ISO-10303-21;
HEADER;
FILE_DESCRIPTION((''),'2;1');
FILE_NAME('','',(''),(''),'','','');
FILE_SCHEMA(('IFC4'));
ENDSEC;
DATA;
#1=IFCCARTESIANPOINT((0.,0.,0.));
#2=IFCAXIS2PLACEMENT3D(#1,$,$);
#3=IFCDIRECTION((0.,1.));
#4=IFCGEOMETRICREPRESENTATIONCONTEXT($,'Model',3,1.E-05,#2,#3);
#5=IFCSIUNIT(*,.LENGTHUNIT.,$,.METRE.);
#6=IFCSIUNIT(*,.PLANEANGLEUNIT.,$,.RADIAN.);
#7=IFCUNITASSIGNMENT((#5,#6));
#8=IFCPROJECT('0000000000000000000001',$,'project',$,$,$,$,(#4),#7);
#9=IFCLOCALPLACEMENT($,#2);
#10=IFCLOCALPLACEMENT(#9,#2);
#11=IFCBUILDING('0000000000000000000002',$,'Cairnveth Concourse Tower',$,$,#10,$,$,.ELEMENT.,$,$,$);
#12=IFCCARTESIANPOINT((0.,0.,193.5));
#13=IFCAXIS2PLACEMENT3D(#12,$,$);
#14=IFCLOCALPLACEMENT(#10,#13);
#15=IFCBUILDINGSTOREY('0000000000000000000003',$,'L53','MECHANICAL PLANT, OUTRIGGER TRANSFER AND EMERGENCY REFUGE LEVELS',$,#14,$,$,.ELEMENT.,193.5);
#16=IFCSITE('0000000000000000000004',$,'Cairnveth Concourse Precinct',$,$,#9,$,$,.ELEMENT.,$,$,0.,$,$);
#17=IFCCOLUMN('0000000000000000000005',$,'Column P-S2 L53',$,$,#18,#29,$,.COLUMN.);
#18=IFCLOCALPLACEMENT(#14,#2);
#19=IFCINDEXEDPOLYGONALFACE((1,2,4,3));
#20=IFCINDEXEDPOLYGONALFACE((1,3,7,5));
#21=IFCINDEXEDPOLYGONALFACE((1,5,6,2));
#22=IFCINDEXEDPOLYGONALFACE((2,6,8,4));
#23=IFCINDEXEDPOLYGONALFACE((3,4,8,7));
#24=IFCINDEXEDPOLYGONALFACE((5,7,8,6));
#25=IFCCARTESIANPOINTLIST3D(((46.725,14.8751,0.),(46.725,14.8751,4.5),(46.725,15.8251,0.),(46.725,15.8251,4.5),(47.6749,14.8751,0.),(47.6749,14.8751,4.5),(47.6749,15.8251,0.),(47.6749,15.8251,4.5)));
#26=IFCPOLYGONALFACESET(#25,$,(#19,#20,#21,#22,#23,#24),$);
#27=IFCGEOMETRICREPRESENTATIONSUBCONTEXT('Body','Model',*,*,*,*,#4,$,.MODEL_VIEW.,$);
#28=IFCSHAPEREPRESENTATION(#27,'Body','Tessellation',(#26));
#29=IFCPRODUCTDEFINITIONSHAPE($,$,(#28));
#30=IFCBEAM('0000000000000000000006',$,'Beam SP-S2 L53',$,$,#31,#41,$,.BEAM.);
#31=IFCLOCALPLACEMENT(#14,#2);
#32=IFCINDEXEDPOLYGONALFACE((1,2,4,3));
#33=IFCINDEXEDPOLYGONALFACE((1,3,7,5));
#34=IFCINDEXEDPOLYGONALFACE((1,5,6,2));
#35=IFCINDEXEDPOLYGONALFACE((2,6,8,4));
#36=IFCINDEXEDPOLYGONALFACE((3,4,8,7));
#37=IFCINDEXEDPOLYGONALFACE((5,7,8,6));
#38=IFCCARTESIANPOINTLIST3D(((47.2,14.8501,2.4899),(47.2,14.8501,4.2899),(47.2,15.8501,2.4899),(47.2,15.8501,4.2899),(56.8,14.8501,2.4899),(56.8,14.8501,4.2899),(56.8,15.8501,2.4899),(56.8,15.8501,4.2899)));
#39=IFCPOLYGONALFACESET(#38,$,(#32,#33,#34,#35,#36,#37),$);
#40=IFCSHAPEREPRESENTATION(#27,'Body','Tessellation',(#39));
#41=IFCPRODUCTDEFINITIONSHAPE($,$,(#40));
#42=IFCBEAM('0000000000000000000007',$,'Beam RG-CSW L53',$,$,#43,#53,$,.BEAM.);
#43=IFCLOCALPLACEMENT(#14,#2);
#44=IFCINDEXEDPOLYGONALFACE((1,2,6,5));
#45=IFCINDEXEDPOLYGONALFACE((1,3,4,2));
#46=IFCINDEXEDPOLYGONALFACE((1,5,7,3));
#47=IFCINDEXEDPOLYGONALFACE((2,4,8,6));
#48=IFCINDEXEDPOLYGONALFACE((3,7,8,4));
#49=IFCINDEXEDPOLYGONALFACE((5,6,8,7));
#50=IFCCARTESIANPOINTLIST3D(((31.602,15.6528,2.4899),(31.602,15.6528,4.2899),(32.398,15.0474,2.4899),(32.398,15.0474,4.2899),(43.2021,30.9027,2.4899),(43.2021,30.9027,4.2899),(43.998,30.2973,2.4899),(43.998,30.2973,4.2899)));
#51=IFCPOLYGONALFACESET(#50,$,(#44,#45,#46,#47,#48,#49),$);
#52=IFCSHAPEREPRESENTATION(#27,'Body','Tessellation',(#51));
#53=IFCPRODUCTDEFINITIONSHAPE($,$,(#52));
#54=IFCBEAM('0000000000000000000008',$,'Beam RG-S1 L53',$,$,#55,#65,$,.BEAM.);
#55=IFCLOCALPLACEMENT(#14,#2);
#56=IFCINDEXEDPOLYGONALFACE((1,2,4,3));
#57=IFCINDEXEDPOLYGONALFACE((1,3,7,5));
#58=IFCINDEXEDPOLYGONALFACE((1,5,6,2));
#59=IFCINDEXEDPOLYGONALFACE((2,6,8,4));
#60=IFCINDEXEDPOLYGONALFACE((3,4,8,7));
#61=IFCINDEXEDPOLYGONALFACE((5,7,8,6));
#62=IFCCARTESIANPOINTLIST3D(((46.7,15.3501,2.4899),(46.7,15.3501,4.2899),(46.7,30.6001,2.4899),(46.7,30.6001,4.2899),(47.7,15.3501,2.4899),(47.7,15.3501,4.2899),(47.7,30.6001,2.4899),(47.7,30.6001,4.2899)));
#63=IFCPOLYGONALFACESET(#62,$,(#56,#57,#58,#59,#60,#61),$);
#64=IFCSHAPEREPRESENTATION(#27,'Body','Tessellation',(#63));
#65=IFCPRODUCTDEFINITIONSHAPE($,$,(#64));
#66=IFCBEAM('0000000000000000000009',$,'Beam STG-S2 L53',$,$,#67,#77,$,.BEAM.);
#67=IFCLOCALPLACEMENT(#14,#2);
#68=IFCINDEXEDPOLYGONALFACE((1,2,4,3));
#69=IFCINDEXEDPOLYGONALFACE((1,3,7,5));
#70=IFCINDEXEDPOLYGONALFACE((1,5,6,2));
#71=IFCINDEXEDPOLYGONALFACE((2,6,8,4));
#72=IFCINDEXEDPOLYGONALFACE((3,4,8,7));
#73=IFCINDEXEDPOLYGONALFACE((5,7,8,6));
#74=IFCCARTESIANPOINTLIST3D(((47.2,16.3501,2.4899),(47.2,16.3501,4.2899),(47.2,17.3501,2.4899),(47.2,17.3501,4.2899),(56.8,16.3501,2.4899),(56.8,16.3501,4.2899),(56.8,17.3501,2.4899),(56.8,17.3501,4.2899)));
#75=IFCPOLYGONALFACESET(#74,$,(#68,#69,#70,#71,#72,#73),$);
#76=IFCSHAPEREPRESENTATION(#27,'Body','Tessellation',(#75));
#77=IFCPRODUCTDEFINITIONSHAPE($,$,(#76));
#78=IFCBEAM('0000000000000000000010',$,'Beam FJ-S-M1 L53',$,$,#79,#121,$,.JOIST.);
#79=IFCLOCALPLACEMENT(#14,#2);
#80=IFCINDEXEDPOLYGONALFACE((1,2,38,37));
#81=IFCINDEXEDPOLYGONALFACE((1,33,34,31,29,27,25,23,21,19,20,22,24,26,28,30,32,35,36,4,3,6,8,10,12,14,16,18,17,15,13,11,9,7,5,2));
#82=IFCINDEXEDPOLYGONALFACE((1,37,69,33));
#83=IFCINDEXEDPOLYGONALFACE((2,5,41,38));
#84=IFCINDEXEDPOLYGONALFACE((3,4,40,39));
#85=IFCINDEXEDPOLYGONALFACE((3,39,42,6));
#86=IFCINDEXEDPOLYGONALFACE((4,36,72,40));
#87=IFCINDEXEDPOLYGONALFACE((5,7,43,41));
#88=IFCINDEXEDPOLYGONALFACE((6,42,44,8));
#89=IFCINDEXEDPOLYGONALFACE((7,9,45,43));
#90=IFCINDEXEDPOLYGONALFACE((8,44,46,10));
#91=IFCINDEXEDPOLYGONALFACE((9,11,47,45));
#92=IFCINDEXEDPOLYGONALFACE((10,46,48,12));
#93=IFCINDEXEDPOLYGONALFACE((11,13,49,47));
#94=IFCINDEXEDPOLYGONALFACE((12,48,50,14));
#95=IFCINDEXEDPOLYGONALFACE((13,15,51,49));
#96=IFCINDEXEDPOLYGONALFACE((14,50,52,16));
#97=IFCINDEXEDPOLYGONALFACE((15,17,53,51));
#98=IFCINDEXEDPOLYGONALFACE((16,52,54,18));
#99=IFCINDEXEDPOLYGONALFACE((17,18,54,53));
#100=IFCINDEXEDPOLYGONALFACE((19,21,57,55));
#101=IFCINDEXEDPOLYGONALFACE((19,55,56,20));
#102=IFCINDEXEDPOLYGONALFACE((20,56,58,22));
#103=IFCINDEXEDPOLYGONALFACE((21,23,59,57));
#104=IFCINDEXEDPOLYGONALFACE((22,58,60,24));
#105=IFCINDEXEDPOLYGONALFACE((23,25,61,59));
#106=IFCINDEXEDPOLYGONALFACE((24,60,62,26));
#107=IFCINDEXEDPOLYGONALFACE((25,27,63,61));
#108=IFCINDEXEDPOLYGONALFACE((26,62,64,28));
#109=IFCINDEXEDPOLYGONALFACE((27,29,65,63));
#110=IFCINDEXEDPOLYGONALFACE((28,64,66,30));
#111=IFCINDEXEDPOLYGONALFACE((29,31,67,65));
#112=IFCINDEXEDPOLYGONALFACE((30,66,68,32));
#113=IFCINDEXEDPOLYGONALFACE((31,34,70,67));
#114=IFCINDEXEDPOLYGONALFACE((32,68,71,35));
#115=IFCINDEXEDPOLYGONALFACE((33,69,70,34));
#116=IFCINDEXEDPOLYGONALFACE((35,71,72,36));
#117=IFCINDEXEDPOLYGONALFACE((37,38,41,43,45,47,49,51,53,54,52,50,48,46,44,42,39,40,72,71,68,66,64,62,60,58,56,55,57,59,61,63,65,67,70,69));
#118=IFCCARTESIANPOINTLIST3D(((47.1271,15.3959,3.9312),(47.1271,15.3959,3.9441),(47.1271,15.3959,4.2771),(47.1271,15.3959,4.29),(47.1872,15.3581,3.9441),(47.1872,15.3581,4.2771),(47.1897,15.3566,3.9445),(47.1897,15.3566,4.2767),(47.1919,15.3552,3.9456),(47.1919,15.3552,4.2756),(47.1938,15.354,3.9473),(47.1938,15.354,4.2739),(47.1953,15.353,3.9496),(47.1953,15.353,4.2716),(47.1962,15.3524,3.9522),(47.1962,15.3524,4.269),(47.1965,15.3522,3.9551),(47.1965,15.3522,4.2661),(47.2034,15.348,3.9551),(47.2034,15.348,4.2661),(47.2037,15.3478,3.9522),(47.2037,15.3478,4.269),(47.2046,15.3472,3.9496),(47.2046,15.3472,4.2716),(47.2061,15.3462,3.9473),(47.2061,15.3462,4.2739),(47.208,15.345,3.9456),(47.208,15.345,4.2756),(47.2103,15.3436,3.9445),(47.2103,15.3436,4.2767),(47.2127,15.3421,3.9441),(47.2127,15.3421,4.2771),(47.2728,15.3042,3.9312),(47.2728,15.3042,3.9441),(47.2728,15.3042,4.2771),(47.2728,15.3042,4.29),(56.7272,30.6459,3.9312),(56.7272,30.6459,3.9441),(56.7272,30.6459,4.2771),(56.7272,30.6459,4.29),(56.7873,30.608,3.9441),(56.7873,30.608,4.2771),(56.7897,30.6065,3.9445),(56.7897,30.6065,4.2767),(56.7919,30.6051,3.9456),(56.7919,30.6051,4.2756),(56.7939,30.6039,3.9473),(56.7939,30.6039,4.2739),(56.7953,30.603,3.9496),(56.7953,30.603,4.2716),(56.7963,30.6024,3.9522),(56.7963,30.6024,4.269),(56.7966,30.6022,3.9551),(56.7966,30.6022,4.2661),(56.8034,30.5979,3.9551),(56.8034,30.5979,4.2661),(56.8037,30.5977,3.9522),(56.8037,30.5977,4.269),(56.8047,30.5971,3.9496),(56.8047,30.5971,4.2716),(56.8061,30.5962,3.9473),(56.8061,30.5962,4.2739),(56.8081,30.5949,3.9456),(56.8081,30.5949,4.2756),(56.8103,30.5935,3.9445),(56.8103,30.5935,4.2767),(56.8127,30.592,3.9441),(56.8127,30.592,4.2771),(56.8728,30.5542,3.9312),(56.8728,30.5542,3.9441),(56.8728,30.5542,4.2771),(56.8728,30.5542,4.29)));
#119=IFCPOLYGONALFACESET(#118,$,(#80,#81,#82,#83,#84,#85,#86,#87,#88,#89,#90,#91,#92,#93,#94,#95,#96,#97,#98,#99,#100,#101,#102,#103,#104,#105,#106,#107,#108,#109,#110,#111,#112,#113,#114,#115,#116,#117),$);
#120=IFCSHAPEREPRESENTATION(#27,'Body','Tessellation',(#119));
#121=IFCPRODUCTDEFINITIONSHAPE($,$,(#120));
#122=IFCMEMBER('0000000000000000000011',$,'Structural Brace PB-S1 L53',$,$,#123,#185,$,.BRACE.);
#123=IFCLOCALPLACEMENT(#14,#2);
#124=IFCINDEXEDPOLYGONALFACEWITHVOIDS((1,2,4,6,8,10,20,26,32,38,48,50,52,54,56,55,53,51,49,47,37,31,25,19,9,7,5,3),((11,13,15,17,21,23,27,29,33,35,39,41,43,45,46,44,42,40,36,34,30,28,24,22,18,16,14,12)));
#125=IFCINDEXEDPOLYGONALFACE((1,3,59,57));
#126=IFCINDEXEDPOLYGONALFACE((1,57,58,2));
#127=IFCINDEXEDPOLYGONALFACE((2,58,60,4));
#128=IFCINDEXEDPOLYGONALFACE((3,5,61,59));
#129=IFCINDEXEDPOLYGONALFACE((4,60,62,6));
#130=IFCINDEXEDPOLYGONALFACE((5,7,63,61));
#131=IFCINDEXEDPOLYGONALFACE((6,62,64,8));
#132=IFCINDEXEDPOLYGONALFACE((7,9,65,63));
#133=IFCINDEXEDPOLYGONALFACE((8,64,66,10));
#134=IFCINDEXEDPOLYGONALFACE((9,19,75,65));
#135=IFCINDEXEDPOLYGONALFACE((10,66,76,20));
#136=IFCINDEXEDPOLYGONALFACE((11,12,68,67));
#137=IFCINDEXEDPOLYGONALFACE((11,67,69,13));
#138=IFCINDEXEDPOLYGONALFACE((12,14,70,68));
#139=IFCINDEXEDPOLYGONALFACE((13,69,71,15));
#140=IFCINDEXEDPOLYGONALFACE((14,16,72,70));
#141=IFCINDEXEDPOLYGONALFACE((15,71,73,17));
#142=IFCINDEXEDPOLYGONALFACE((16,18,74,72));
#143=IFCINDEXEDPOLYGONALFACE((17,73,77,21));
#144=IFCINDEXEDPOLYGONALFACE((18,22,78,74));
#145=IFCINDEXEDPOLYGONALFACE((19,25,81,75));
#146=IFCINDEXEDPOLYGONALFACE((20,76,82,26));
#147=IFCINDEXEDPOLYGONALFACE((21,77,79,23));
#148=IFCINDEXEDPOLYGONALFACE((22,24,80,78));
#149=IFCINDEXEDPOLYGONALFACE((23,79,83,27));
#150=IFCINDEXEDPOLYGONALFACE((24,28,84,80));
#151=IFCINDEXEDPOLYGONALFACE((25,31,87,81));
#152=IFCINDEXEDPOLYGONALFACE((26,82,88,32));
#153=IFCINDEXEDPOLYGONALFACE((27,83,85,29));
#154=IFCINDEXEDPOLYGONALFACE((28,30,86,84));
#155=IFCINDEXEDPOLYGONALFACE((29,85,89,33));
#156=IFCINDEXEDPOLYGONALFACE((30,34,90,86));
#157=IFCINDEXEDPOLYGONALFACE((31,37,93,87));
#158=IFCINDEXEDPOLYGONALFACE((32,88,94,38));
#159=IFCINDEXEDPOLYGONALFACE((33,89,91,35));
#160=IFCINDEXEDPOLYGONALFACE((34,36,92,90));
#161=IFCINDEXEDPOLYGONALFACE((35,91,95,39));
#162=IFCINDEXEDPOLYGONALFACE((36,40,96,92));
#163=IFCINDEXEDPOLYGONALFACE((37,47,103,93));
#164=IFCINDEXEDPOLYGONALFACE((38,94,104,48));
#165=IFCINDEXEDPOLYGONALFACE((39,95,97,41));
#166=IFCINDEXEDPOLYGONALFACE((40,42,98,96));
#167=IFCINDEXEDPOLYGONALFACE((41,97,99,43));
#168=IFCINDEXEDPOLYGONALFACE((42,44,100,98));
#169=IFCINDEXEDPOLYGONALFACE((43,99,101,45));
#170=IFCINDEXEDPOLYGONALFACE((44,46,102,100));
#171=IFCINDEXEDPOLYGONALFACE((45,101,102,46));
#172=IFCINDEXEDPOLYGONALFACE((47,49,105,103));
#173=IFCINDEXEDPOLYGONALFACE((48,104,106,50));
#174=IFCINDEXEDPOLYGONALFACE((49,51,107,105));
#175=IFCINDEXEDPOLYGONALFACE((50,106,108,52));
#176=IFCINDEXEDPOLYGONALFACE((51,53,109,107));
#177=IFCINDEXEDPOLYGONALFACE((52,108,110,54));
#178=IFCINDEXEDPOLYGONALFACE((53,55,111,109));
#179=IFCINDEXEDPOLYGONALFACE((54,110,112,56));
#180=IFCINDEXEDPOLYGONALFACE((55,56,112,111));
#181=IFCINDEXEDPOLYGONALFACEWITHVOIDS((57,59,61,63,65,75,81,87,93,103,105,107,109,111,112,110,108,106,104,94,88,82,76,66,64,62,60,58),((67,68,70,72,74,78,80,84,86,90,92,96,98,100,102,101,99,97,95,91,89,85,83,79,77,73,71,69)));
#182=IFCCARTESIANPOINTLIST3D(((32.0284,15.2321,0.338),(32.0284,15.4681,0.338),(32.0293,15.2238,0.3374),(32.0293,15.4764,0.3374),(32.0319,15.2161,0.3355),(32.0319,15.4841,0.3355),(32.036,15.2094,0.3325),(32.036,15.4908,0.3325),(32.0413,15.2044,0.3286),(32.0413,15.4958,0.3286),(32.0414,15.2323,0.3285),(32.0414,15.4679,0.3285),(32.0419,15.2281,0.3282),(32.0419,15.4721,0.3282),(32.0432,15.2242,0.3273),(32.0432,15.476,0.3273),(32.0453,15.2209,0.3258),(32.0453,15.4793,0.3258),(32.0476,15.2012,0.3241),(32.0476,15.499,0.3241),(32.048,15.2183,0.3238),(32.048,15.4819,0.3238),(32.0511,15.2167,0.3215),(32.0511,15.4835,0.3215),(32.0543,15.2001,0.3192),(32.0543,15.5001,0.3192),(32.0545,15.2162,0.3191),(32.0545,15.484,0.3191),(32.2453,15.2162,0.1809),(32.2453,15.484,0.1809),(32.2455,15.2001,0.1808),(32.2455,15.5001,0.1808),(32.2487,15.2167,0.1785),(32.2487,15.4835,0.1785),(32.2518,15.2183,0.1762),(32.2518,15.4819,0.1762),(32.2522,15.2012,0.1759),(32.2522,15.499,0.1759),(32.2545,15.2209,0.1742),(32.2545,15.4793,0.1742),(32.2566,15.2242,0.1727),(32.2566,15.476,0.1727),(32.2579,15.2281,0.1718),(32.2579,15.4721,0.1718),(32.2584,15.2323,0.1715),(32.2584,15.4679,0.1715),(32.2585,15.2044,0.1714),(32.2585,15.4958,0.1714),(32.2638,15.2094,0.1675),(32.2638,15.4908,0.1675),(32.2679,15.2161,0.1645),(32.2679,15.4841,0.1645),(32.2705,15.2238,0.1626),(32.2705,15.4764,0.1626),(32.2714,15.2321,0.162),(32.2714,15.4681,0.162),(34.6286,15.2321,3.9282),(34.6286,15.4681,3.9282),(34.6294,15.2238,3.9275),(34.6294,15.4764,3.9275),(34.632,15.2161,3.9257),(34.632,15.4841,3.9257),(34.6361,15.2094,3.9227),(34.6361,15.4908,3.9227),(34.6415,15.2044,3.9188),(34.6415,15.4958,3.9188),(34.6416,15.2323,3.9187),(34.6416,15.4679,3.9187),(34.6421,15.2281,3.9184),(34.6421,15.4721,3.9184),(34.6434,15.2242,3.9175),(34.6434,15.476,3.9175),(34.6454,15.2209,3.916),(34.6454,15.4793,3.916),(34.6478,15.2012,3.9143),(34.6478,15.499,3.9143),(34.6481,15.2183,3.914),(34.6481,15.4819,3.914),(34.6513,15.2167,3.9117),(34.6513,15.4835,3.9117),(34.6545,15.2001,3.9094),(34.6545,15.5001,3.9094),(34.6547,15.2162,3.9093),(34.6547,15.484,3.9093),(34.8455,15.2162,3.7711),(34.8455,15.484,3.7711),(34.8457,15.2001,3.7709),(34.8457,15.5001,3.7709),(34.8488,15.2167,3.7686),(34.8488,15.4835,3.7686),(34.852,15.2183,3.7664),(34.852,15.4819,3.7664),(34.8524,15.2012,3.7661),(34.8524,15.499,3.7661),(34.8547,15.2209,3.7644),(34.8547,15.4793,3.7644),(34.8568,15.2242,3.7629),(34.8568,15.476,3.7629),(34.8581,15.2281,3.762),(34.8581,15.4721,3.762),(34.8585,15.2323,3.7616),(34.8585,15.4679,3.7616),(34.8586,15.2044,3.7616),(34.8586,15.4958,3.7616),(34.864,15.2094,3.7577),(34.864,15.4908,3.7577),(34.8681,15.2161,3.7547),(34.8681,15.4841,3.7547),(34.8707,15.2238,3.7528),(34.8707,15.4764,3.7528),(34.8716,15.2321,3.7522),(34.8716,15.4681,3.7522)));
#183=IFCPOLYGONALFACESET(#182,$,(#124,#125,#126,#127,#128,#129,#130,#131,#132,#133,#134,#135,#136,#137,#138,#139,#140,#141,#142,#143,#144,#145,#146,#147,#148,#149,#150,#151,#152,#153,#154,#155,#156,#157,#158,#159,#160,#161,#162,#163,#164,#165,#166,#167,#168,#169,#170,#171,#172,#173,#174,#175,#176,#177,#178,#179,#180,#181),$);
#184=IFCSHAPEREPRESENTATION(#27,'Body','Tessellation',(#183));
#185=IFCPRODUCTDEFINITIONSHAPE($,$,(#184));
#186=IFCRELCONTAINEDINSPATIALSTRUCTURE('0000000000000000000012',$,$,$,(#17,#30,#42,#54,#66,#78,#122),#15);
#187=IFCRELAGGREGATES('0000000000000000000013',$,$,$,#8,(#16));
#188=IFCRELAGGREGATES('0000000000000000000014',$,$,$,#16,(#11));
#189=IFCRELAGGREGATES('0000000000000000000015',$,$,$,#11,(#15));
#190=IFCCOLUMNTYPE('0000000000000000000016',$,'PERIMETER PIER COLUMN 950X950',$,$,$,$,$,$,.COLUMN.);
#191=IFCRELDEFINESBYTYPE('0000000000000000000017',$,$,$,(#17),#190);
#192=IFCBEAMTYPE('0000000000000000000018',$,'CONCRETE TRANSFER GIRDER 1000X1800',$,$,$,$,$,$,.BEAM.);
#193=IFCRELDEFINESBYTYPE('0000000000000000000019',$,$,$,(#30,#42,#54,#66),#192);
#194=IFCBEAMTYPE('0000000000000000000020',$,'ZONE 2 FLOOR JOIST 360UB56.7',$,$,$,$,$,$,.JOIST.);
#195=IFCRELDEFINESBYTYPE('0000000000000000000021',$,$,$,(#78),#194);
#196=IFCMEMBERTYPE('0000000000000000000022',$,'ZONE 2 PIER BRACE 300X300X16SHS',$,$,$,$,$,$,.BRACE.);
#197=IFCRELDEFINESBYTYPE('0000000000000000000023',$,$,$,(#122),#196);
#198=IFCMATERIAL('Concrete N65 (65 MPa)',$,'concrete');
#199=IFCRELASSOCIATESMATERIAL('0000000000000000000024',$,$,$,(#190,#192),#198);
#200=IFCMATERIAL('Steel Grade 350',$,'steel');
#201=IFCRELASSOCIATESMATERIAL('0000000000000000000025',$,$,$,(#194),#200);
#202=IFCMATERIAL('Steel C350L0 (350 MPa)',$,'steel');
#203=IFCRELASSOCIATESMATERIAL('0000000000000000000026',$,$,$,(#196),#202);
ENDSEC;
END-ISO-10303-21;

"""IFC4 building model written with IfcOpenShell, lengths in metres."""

from ifc_helpers import new_model, si_unit, direction, frame, origin, origin_2d, place, context, subcontext, project, spatial, rectangle, hollow_rectangle, i_section, extrude, material, material_profile, profile_set, type_object, element, save


model = new_model("IFC4")

# Units and contexts
model_context = context("Model", 3, precision=1e-05, world=origin(), true_north=direction((0.0, 1.0)))
body_context = subcontext(model_context, "Body", "Model", "MODEL_VIEW")
ifc_project = project(units=[si_unit("LENGTHUNIT", "METRE"), si_unit("PLANEANGLEUNIT", "RADIAN")], contexts=[model_context])

# Site, building, storey
site_placement = place(None, origin())
site = spatial("IfcSite", under=ifc_project, at=site_placement, Name="Cairnveth Concourse Precinct", CompositionType="ELEMENT", RefElevation=0.0)
building_placement = place(site_placement, origin())
building = spatial("IfcBuilding", under=site, at=building_placement, Name="Cairnveth Concourse Tower", CompositionType="ELEMENT")
storey_placement = place(building_placement, frame((0.0, 0.0, 193.5)))
storey = spatial("IfcBuildingStorey", under=building, at=storey_placement, Name="L53", Description="MECHANICAL PLANT, OUTRIGGER TRANSFER AND EMERGENCY REFUGE LEVELS", CompositionType="ELEMENT", Elevation=193.5)

# Column
ifc_material_1 = material(Name="Concrete N65 (65 MPa)", Category="concrete")
ifc_material_profile_1 = material_profile(ifc_material_1, rectangle(XDim=0.95, YDim=0.95, at=origin_2d()), Name="RC-COL-950x950")
ifc_profile_set_1 = profile_set([ifc_material_profile_1], Name="Concrete N65 (65 MPa)")
column_type = type_object("IfcColumnType", Name="PERIMETER PIER COLUMN 950X950", PredefinedType="COLUMN", material=ifc_profile_set_1)
column_placement = place(storey_placement, frame((47.2, 15.3501, 0.0), z_axis=(0.0, 0.0, 1.0), x_axis=(1.0, 0.0, 0.0)))
element("IfcColumn", 1, at=column_placement, inside=storey, type_object=column_type, Name="Column P-S2 L53", PredefinedType="COLUMN", context=body_context, shape_type="SweptSolid", body=[
    extrude(rectangle(XDim=0.95, YDim=0.95, at=origin_2d()), origin(), (0.0, 0.0, 1.0), 4.5),
])

# Beams
ifc_material_profile_2 = material_profile(ifc_material_1, rectangle(XDim=1.0, YDim=1.8, at=origin_2d()), Name="RC-TB-1000x1800")
ifc_profile_set_2 = profile_set([ifc_material_profile_2], Name="Concrete N65 (65 MPa)")
beam_type_1 = type_object("IfcBeamType", Name="CONCRETE TRANSFER GIRDER 1000X1800", PredefinedType="BEAM", material=ifc_profile_set_2)
beam_1_placement = place(storey_placement, frame((47.2, 15.3501, 3.3899), z_axis=(1.0, 0.0, 0.0), x_axis=(0.0, 1.0, 0.0)))
element("IfcBeam", 2, at=beam_1_placement, inside=storey, type_object=beam_type_1, Name="Beam SP-S2 L53", PredefinedType="BEAM", context=body_context, shape_type="SweptSolid", body=[
    extrude(rectangle(XDim=1.0, YDim=1.8, at=origin_2d()), origin(), (0.0, 0.0, 1.0), 9.6001),
])
beam_2_placement = place(storey_placement, frame((32.0, 15.3501, 3.3899), z_axis=(0.605417, 0.795908, 0.0), x_axis=(-0.795908, 0.605417, 0.0)))
element("IfcBeam", 3, at=beam_2_placement, inside=storey, type_object=beam_type_1, Name="Beam RG-CSW L53", PredefinedType="BEAM", context=body_context, shape_type="SweptSolid", body=[
    extrude(rectangle(XDim=1.0, YDim=1.8, at=origin_2d()), origin(), (0.0, 0.0, 1.0), 19.1604),
])
beam_3_placement = place(storey_placement, frame((47.2, 15.3501, 3.3899), z_axis=(0.0, 1.0, 0.0), x_axis=(-1.0, 0.0, 0.0)))
element("IfcBeam", 4, at=beam_3_placement, inside=storey, type_object=beam_type_1, Name="Beam RG-S1 L53", PredefinedType="BEAM", context=body_context, shape_type="SweptSolid", body=[
    extrude(rectangle(XDim=1.0, YDim=1.8, at=origin_2d()), origin(), (0.0, 0.0, 1.0), 15.25),
])
beam_4_placement = place(storey_placement, frame((47.2, 16.8501, 3.3899), z_axis=(1.0, 0.0, 0.0), x_axis=(0.0, 1.0, 0.0)))
element("IfcBeam", 5, at=beam_4_placement, inside=storey, type_object=beam_type_1, Name="Beam STG-S2 L53", PredefinedType="BEAM", context=body_context, shape_type="SweptSolid", body=[
    extrude(rectangle(XDim=1.0, YDim=1.8, at=origin_2d()), origin(), (0.0, 0.0, 1.0), 9.6001),
])
ifc_material_2 = material(Name="Steel Grade 350", Category="steel")
ifc_material_profile_3 = material_profile(ifc_material_2, i_section(OverallWidth=0.1721, OverallDepth=0.3589, WebThickness=0.0081, FlangeThickness=0.0129, FilletRadius=0.011, at=origin_2d()), Name="360UB56.7")
ifc_profile_set_3 = profile_set([ifc_material_profile_3], Name="Steel Grade 350")
beam_type_2 = type_object("IfcBeamType", Name="ZONE 2 FLOOR JOIST 360UB56.7", PredefinedType="JOIST", material=ifc_profile_set_3)
beam_5_placement = place(storey_placement, frame((47.2, 15.3501, 4.1106), z_axis=(0.532744, 0.846277, 0.0), x_axis=(-0.846277, 0.532744, 0.0)))
element("IfcBeam", 6, at=beam_5_placement, inside=storey, type_object=beam_type_2, Name="Beam FJ-S-M1 L53", PredefinedType="JOIST", context=body_context, shape_type="SweptSolid", body=[
    extrude(i_section(OverallWidth=0.1721, OverallDepth=0.3589, WebThickness=0.0081, FlangeThickness=0.0129, FilletRadius=0.011, at=origin_2d()), origin(), (0.0, 0.0, 1.0), 18.02),
])

# Member
ifc_material_3 = material(Name="Steel C350L0 (350 MPa)", Category="steel")
ifc_material_profile_4 = material_profile(ifc_material_3, hollow_rectangle(XDim=0.3, YDim=0.3, WallThickness=0.0161, InnerFilletRadius=0.0161, OuterFilletRadius=0.032, at=origin_2d()), Name="300x300x16.0SHS")
ifc_profile_set_4 = profile_set([ifc_material_profile_4], Name="Steel C350L0 (350 MPa)")
member_type = type_object("IfcMemberType", Name="ZONE 2 PIER BRACE 300X300X16SHS", PredefinedType="BRACE", material=ifc_profile_set_4)
member_placement = place(storey_placement, frame((32.1499, 15.3501, 0.25), z_axis=(0.586566, 0.0, 0.809902), x_axis=(0.0, 1.0, 0.0)))
element("IfcMember", 7, at=member_placement, inside=storey, type_object=member_type, Name="Structural Brace PB-S1 L53", PredefinedType="BRACE", context=body_context, shape_type="SweptSolid", body=[
    extrude(hollow_rectangle(XDim=0.3, YDim=0.3, WallThickness=0.0161, InnerFilletRadius=0.0161, OuterFilletRadius=0.032, at=origin_2d()), origin(), (0.0, 0.0, 1.0), 4.4329),
])

save(model, "model.ifc")
